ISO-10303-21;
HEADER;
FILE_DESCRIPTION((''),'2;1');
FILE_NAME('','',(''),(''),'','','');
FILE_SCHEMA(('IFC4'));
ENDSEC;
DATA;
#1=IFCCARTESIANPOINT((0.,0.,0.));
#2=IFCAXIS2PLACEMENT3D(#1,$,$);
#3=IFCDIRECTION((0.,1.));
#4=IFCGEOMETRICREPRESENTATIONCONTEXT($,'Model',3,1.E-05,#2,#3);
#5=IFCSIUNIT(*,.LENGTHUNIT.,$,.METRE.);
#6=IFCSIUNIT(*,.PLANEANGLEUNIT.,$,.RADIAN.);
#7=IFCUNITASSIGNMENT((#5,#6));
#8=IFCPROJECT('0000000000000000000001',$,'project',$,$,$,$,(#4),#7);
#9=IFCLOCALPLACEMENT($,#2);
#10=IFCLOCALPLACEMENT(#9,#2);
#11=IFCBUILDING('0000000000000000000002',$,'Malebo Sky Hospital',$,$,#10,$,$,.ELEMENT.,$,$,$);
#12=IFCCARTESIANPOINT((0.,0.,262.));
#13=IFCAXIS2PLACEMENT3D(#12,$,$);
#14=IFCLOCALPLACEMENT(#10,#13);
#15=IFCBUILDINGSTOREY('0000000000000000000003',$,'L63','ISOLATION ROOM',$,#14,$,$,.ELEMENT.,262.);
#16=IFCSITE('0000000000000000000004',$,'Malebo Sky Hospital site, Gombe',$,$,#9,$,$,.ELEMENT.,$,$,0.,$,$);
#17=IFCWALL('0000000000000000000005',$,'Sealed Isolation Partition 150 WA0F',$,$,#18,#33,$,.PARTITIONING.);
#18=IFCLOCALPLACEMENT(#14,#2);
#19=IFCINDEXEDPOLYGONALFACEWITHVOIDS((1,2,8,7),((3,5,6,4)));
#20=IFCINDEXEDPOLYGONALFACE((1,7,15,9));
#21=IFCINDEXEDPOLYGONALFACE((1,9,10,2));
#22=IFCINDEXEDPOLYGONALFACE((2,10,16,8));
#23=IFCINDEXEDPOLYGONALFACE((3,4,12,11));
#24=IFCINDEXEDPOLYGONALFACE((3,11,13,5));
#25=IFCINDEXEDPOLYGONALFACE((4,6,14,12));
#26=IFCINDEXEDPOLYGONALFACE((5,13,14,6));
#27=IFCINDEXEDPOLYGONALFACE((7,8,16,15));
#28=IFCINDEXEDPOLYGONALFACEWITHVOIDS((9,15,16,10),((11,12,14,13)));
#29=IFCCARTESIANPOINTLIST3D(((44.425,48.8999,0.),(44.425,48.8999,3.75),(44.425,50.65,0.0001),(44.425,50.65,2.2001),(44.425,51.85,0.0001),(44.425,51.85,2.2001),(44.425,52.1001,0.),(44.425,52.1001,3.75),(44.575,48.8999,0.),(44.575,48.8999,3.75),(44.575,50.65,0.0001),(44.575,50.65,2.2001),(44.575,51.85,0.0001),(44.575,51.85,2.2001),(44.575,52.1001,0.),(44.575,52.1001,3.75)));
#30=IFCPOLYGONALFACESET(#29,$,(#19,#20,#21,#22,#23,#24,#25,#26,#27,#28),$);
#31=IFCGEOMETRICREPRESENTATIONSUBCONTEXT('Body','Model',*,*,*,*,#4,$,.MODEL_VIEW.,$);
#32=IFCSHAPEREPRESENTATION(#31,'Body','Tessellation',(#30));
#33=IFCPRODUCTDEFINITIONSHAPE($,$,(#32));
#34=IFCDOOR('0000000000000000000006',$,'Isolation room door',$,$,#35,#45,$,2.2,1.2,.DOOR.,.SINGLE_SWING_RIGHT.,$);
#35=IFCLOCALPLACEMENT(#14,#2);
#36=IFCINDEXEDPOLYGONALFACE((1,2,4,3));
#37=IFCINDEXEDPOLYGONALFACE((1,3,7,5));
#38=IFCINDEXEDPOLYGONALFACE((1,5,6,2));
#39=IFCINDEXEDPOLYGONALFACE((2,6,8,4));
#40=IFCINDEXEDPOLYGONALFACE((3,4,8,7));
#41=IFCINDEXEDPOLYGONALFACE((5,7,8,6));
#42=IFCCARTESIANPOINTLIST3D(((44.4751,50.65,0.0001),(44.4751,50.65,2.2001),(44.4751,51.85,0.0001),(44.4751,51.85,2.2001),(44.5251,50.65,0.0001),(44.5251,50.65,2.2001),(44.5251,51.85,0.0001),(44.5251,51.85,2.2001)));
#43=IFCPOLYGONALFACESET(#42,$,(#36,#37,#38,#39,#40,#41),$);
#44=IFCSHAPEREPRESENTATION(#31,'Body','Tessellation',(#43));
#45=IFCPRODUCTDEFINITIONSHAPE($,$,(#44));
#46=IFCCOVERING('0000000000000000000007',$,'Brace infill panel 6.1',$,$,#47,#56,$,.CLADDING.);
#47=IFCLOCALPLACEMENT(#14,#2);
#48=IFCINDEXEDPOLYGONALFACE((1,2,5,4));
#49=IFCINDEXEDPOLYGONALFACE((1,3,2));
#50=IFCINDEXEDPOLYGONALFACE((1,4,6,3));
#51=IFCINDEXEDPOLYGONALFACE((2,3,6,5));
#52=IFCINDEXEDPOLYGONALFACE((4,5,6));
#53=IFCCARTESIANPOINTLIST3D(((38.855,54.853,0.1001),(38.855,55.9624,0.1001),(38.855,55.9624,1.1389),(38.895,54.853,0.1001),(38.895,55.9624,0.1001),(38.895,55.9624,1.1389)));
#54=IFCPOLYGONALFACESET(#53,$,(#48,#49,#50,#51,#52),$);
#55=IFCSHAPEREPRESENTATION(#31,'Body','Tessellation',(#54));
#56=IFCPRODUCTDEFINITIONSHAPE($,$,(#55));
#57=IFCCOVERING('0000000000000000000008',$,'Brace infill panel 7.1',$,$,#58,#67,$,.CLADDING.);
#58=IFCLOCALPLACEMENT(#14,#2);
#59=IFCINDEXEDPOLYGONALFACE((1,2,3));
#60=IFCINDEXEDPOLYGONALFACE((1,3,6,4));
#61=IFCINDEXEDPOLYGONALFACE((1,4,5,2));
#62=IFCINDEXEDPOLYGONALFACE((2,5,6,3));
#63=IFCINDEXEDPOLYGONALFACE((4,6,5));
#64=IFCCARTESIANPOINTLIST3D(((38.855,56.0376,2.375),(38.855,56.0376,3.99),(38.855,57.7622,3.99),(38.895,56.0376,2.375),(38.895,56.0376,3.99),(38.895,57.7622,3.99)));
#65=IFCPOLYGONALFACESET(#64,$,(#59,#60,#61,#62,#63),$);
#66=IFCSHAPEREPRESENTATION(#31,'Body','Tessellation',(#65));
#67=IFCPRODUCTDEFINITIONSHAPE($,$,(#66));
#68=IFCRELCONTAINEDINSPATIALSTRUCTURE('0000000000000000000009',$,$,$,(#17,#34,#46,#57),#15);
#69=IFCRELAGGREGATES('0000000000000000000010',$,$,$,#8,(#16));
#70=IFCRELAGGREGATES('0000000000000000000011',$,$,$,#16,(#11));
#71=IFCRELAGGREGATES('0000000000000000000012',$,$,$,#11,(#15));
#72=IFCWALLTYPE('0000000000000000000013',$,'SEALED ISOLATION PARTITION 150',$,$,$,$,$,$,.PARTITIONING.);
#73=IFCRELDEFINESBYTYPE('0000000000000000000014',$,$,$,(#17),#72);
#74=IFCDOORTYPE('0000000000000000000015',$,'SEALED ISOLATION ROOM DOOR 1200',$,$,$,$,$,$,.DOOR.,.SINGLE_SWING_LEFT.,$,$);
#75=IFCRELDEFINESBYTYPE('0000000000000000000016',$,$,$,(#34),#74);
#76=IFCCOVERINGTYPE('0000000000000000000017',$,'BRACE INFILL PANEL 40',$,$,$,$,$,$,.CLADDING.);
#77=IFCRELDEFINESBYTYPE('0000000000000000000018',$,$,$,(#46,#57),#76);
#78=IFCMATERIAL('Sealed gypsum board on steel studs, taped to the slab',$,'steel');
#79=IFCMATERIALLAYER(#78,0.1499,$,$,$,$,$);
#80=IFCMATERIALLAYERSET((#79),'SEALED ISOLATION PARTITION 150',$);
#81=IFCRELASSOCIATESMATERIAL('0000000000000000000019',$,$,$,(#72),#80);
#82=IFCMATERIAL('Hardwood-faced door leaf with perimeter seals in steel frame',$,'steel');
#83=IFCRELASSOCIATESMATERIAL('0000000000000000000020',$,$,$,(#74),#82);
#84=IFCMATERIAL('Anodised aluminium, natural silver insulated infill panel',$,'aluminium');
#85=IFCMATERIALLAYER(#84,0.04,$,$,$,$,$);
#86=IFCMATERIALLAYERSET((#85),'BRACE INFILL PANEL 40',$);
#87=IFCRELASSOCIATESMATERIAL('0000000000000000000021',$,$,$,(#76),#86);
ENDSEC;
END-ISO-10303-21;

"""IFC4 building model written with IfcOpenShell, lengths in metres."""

from ifc_helpers import new_model, si_unit, direction, frame, frame_2d, origin, place, context, subcontext, project, spatial, polyline, rectangle, outline, extrude, material, layer, layer_set, type_object, element, fill, save


model = new_model("IFC4")

# Units and contexts
model_context = context("Model", 3, precision=1e-05, world=origin(), true_north=direction((0.0, 1.0)))
body_context = subcontext(model_context, "Body", "Model", "MODEL_VIEW")
ifc_project = project(units=[si_unit("LENGTHUNIT", "METRE"), si_unit("PLANEANGLEUNIT", "RADIAN")], contexts=[model_context])

# Site, building, storey
site_placement = place(None, origin())
site = spatial("IfcSite", under=ifc_project, at=site_placement, Name="Malebo Sky Hospital site, Gombe", CompositionType="ELEMENT", RefElevation=0.0)
building_placement = place(site_placement, origin())
building = spatial("IfcBuilding", under=site, at=building_placement, Name="Malebo Sky Hospital", CompositionType="ELEMENT")
storey_placement = place(building_placement, frame((0.0, 0.0, 262.0)))
storey = spatial("IfcBuildingStorey", under=building, at=storey_placement, Name="L63", Description="ISOLATION ROOM", CompositionType="ELEMENT", Elevation=262.0)

# Wall, opening, door
ifc_material_1 = material(Name="Sealed gypsum board on steel studs, taped to the slab", Category="steel")
ifc_layer_1 = layer(ifc_material_1, 0.1499)
ifc_layer_set_1 = layer_set([ifc_layer_1], Name="SEALED ISOLATION PARTITION 150")
wall_type_1 = type_object("IfcWallType", Name="SEALED ISOLATION PARTITION 150", PredefinedType="PARTITIONING", material=ifc_layer_set_1)
wall_1_placement = place(storey_placement, frame((44.5, 48.8999, 0.0), z_axis=(0.0, 0.0, 1.0), x_axis=(0.0, 1.0, 0.0)))
wall_1 = element("IfcWall", 1, at=wall_1_placement, inside=storey, type_object=wall_type_1, Name="Sealed Isolation Partition 150 WA0F", PredefinedType="PARTITIONING", context=body_context, shape_type="SweptSolid", body=[
    extrude(rectangle(XDim=3.2002, YDim=0.1499, at=frame_2d((1.6001, 0.0))), origin(), (0.0, 0.0, 1.0), 3.75),
])
opening_1_placement = place(wall_1_placement, frame((1.75, 0.0, 0.0)))
opening_1 = element("IfcOpeningElement", 2, at=opening_1_placement, cuts=wall_1, PredefinedType="OPENING", context=body_context, shape_type="SweptSolid", body=[
    extrude(rectangle(XDim=1.2, YDim=2.2, at=frame_2d((0.6001, 1.1001))), frame((0.0, 0.085, 0.0), z_axis=(0.0, -1.0, 0.0), x_axis=(1.0, 0.0, 0.0)), (0.0, 0.0, 1.0), 0.1699),
])
ifc_material_2 = material(Name="Hardwood-faced door leaf with perimeter seals in steel frame", Category="steel")
door_type_1 = type_object("IfcDoorType", Name="SEALED ISOLATION ROOM DOOR 1200", OperationType="SINGLE_SWING_LEFT", PredefinedType="DOOR", material=ifc_material_2)
door_1_placement = place(opening_1_placement, origin())
door_1 = element("IfcDoor", 3, at=door_1_placement, inside=storey, type_object=door_type_1, Name="Isolation room door", OperationType="SINGLE_SWING_RIGHT", OverallHeight=2.2, OverallWidth=1.2, PredefinedType="DOOR", context=body_context, shape_type="SweptSolid", body=[
    extrude(rectangle(XDim=1.2, YDim=2.2, at=frame_2d((0.6001, 1.1001))), frame((0.0, 0.0249, 0.0), z_axis=(0.0, -1.0, 0.0), x_axis=(1.0, 0.0, 0.0)), (0.0, 0.0, 1.0), 0.05),
])
fill(opening_1, door_1)

# Coverings
ifc_material_3 = material(Name="Anodised aluminium, natural silver insulated infill panel", Category="aluminium")
ifc_layer_2 = layer(ifc_material_3, 0.04)
ifc_layer_set_2 = layer_set([ifc_layer_2], Name="BRACE INFILL PANEL 40")
covering_type = type_object("IfcCoveringType", Name="BRACE INFILL PANEL 40", PredefinedType="CLADDING", material=ifc_layer_set_2)
covering_1_placement = place(storey_placement, frame((38.875, 55.4077, 0.1001), z_axis=(0.0, 0.0, 1.0), x_axis=(0.0, 1.0, 0.0)))
element("IfcCovering", 4, at=covering_1_placement, inside=storey, type_object=covering_type, Name="Brace infill panel 6.1", PredefinedType="CLADDING", context=body_context, shape_type="SweptSolid", body=[
    extrude(outline(polyline([(-0.5547, 0.0), (0.5547, 0.0), (0.5547, 1.0388), (-0.5547, 0.0)])), frame((0.0, 0.02, 0.0), z_axis=(0.0, -1.0, 0.0), x_axis=(1.0, 0.0, 0.0)), (0.0, 0.0, 1.0), 0.04),
])
covering_2_placement = place(storey_placement, frame((38.875, 56.8999, 2.375), z_axis=(0.0, 0.0, 1.0), x_axis=(0.0, 1.0, 0.0)))
element("IfcCovering", 5, at=covering_2_placement, inside=storey, type_object=covering_type, Name="Brace infill panel 7.1", PredefinedType="CLADDING", context=body_context, shape_type="SweptSolid", body=[
    extrude(outline(polyline([(-0.8623, 0.0), (0.8623, 1.615), (-0.8623, 1.615), (-0.8623, 0.0)])), frame((0.0, 0.02, 0.0), z_axis=(0.0, -1.0, 0.0), x_axis=(1.0, 0.0, 0.0)), (0.0, 0.0, 1.0), 0.04),
])

save(model, "model.ifc")
